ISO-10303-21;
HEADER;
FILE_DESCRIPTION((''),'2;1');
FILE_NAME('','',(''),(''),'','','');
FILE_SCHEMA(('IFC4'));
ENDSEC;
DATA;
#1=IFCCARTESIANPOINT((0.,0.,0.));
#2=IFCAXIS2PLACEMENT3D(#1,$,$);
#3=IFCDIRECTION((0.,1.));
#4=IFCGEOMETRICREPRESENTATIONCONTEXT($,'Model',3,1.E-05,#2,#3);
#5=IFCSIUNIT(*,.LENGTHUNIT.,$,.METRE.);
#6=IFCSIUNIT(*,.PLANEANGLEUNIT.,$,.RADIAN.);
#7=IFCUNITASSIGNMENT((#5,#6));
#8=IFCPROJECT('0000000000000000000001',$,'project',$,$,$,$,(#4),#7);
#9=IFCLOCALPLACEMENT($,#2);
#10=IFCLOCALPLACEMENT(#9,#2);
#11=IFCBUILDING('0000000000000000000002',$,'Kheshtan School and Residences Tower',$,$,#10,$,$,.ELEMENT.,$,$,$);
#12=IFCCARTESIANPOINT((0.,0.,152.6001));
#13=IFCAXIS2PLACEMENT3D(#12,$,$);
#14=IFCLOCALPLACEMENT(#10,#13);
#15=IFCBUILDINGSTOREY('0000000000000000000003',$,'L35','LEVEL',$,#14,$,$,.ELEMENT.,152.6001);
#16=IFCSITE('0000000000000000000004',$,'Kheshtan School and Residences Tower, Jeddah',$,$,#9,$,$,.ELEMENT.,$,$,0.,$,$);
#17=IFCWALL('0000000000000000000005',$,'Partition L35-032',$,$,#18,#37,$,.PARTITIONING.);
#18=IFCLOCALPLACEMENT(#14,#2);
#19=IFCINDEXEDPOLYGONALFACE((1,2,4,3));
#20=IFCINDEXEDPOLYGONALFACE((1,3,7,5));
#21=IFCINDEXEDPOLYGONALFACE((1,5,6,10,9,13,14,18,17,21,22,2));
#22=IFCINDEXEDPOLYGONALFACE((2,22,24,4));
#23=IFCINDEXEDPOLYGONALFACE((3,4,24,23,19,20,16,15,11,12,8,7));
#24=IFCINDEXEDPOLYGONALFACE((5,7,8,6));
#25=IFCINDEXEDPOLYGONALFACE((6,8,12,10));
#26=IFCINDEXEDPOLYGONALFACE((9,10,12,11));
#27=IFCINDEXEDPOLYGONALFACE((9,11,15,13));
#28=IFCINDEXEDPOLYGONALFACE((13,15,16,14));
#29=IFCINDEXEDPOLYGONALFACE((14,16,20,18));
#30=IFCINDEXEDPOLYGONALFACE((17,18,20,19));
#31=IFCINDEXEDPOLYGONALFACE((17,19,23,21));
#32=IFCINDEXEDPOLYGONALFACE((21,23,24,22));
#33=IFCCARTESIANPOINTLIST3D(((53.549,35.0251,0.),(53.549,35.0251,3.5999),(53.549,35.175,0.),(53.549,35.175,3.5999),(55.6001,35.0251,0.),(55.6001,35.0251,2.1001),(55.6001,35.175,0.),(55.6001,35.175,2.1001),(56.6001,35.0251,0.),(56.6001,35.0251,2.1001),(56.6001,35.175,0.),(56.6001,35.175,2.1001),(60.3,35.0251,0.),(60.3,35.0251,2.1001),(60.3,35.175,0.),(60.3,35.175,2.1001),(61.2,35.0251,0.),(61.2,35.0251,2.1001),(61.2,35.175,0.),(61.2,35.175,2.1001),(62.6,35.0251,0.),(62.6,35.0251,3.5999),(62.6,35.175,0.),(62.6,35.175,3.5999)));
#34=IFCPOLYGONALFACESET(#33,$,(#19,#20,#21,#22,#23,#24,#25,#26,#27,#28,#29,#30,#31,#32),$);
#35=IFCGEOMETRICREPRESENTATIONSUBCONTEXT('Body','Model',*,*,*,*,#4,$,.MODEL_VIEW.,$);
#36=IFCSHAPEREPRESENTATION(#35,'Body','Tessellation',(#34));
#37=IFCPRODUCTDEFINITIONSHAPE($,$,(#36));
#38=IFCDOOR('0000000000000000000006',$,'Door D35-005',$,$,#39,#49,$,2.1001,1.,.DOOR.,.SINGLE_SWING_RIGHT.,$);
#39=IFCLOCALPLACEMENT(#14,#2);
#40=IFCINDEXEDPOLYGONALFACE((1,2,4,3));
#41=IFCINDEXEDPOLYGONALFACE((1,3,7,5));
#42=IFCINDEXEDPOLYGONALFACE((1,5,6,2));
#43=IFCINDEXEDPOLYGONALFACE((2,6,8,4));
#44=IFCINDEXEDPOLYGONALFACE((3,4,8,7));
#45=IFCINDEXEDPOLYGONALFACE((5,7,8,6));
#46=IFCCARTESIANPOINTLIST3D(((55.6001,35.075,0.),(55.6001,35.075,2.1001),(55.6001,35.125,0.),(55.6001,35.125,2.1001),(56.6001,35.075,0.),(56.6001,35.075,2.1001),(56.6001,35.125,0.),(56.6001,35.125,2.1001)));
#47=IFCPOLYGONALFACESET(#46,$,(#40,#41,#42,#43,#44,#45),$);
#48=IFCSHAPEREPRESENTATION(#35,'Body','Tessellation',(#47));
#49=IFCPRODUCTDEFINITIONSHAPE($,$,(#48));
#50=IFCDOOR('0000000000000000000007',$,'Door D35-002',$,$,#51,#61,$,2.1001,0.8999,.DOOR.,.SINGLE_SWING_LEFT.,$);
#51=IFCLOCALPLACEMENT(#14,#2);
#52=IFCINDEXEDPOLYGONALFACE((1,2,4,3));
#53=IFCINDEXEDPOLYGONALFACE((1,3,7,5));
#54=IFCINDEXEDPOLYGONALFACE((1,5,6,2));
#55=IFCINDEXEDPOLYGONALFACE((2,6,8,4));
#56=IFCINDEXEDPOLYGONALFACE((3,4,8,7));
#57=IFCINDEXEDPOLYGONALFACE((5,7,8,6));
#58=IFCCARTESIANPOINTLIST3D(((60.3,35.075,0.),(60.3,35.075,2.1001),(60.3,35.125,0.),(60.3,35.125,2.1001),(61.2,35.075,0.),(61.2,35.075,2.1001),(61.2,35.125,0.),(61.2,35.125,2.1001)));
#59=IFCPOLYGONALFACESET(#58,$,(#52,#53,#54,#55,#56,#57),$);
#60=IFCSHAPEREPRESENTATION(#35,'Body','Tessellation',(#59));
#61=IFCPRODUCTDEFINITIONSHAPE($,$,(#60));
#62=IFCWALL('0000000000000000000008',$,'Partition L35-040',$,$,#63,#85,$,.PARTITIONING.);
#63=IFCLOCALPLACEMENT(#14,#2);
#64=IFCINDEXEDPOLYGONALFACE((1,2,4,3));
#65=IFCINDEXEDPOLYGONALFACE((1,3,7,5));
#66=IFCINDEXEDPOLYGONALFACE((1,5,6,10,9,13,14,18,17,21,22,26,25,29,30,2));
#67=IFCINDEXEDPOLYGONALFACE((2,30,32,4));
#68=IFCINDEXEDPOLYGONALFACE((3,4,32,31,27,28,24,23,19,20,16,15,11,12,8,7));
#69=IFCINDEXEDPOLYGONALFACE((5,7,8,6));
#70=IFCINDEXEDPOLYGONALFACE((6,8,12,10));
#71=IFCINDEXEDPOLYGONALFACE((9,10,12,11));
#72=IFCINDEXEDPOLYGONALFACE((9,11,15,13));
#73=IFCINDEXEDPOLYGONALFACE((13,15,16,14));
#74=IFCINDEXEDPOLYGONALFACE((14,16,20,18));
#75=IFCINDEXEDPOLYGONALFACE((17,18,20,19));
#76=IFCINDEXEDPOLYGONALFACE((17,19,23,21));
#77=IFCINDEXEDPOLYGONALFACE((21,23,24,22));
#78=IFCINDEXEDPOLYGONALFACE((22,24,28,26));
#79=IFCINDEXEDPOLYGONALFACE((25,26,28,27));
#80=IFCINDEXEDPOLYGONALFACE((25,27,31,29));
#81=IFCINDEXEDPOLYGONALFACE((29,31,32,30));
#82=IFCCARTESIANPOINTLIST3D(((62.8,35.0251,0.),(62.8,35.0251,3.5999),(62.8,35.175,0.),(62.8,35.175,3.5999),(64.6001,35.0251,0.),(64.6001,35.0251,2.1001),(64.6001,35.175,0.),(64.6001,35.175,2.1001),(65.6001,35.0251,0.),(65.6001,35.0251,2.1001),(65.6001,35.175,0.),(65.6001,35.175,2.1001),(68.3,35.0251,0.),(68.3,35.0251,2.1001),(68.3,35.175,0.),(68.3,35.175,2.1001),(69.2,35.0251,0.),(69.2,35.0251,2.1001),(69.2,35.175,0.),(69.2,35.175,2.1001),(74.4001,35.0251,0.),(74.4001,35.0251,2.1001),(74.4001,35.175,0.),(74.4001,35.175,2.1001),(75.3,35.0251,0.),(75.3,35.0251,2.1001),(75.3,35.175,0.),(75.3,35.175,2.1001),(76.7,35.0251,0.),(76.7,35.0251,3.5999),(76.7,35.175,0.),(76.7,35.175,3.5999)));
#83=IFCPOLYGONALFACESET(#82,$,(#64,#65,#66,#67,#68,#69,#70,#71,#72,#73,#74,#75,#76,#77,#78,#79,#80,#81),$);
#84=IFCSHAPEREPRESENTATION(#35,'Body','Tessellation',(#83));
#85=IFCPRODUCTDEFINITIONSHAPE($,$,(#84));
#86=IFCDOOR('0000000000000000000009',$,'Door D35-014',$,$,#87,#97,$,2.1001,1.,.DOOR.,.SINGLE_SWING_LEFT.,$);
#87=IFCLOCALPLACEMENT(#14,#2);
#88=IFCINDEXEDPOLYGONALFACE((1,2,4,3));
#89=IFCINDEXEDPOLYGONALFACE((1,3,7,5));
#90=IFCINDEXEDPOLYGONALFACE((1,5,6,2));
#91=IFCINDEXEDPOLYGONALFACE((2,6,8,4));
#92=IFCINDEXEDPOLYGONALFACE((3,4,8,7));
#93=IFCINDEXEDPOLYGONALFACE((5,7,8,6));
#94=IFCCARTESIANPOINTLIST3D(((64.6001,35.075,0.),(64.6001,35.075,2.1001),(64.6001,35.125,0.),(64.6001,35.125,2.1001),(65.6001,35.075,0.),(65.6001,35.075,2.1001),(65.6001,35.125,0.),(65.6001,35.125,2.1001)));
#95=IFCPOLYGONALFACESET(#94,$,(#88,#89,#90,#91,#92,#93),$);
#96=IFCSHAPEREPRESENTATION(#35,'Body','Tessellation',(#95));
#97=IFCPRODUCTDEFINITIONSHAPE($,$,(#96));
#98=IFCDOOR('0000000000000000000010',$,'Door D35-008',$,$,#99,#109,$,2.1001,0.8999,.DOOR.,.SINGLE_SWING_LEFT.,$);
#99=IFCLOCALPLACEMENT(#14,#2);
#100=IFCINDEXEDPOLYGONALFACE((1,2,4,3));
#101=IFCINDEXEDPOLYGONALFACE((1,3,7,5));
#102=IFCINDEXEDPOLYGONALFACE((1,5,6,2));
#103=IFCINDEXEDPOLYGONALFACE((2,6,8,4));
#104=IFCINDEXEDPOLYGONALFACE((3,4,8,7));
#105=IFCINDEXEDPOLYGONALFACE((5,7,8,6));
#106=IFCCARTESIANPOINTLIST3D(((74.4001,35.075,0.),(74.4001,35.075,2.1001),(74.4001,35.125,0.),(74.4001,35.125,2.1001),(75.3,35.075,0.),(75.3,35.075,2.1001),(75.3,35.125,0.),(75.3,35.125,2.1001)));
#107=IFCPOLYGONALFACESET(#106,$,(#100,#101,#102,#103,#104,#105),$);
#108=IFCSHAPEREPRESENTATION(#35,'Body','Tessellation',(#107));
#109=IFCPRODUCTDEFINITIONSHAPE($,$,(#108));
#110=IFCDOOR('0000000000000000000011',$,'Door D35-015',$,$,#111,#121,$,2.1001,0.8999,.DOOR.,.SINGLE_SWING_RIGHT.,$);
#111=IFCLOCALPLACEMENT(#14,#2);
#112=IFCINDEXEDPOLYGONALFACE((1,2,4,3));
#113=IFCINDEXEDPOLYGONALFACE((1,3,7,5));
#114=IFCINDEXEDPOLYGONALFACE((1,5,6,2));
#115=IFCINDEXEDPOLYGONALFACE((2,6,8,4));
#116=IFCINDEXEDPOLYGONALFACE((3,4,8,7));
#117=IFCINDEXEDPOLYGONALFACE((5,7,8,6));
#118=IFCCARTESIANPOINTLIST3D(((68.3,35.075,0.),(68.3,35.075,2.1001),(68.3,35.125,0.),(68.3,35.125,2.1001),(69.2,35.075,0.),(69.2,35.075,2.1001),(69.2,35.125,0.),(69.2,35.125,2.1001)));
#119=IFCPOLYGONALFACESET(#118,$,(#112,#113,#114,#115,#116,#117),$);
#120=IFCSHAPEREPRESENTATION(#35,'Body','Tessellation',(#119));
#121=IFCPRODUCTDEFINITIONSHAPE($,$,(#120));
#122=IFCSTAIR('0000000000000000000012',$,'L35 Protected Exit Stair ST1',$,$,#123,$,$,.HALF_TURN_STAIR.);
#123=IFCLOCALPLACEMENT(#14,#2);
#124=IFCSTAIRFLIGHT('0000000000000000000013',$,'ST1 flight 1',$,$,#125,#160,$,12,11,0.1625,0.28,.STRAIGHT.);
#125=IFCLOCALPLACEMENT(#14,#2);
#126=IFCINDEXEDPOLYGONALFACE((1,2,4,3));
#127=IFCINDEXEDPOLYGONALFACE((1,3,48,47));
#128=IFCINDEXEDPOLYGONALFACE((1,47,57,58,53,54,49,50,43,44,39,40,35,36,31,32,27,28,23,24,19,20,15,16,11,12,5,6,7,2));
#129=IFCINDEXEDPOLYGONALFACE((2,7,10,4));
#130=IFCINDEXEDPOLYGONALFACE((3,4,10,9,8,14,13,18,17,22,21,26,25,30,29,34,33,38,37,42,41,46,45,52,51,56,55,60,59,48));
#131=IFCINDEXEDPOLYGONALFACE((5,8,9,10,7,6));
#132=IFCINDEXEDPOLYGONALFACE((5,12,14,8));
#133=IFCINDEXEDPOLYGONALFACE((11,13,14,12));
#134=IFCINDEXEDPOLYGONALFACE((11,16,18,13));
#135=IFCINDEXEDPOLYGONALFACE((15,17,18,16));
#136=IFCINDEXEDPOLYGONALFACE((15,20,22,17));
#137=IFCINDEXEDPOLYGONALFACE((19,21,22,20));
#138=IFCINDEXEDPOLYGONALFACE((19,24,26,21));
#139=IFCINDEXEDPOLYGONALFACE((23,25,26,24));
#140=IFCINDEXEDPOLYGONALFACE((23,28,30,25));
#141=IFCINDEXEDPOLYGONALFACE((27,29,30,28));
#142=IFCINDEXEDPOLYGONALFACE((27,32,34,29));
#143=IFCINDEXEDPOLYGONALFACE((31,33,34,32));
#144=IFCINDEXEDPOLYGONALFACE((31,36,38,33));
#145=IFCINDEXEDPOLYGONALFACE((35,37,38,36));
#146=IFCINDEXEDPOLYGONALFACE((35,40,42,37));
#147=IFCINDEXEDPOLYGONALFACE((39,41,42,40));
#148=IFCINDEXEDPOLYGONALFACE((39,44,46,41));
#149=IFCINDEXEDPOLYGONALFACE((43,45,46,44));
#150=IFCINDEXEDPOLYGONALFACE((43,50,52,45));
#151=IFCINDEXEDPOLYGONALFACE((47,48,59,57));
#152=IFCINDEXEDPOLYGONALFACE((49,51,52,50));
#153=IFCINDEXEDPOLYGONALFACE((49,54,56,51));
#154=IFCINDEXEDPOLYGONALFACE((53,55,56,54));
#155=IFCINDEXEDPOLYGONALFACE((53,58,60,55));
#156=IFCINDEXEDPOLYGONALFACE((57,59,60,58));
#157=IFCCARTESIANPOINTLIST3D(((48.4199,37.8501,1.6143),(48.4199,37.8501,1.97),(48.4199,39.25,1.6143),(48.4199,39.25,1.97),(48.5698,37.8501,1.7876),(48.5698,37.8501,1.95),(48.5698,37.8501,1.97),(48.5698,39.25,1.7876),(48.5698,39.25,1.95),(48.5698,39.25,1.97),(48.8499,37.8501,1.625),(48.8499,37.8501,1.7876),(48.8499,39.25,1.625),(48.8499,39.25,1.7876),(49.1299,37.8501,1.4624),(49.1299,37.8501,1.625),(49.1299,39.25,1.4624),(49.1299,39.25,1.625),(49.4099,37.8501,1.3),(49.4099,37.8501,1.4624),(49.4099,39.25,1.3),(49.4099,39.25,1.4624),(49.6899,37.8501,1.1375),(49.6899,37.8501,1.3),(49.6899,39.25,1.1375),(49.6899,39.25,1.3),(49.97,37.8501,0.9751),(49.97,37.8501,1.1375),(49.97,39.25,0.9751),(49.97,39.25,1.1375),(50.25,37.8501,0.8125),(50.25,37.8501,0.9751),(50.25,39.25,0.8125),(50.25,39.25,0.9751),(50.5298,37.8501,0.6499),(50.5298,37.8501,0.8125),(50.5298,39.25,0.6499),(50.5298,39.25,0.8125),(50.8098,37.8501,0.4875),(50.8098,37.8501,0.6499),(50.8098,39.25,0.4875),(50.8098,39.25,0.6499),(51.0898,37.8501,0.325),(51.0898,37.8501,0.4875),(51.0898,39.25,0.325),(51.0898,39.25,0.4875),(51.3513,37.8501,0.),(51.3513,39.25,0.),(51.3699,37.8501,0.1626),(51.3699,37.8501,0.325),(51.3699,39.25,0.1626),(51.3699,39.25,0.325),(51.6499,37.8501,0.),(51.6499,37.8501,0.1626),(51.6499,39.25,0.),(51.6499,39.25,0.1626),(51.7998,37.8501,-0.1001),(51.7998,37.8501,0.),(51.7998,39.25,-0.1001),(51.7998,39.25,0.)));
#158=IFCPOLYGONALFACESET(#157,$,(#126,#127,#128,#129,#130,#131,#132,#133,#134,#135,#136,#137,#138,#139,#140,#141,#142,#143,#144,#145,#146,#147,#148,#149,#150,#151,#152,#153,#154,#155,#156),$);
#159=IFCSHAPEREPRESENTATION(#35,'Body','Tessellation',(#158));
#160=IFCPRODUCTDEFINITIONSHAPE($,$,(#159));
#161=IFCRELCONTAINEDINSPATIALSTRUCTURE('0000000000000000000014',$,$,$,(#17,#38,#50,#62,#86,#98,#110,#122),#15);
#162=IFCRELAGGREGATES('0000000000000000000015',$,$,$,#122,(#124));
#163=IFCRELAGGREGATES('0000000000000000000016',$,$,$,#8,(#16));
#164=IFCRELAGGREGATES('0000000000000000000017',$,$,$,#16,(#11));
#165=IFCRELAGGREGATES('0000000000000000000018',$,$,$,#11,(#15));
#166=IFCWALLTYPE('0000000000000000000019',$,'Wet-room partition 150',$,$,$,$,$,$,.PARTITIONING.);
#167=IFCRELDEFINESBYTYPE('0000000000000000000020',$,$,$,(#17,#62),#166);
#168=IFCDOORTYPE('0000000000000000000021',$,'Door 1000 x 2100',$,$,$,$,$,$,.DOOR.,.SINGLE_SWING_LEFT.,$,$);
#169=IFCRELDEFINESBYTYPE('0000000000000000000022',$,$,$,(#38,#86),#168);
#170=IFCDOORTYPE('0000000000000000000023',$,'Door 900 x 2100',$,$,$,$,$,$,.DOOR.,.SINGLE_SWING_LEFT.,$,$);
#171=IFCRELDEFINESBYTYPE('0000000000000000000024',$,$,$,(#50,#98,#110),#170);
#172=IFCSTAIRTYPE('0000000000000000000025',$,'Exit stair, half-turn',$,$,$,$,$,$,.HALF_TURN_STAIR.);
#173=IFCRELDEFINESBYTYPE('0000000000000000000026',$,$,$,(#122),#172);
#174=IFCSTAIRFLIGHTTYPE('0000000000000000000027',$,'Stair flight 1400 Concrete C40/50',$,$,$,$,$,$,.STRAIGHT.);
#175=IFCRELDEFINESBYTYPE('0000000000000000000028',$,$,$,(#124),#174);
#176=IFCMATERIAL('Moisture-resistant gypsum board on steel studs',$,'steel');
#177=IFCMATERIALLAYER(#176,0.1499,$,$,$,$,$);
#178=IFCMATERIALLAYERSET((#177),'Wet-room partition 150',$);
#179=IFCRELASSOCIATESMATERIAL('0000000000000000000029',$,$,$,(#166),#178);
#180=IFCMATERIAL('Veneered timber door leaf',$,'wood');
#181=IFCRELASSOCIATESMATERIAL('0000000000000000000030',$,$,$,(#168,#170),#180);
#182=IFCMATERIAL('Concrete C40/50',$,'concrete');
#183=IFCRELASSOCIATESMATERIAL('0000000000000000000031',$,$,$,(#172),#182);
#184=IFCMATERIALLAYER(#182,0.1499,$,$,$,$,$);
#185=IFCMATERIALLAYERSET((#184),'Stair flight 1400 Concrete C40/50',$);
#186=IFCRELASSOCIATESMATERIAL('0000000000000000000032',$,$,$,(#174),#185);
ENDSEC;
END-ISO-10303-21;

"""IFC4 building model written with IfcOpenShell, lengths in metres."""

from ifc_helpers import new_model, si_unit, direction, frame, frame_2d, origin, place, context, subcontext, project, spatial, polyline, rectangle, outline, extrude, source, transform, mapped, material, layer, layer_set, type_object, element, fill, aggregate, save


model = new_model("IFC4")

# Units and contexts
model_context = context("Model", 3, precision=1e-05, world=origin(), true_north=direction((0.0, 1.0)))
body_context = subcontext(model_context, "Body", "Model", "MODEL_VIEW")
ifc_project = project(units=[si_unit("LENGTHUNIT", "METRE"), si_unit("PLANEANGLEUNIT", "RADIAN")], contexts=[model_context])

# Site, building, storey
site_placement = place(None, origin())
site = spatial("IfcSite", under=ifc_project, at=site_placement, Name="Kheshtan School and Residences Tower, Jeddah", CompositionType="ELEMENT", RefElevation=0.0)
building_placement = place(site_placement, origin())
building = spatial("IfcBuilding", under=site, at=building_placement, Name="Kheshtan School and Residences Tower", CompositionType="ELEMENT")
storey_placement = place(building_placement, frame((0.0, 0.0, 152.6001)))
storey = spatial("IfcBuildingStorey", under=building, at=storey_placement, Name="L35", Description="LEVEL", CompositionType="ELEMENT", Elevation=152.6001)

# Shared definitions
ifc_material_1 = material(Name="Concrete C40/50", Category="concrete")

# Walls, openings, doors
ifc_material_2 = material(Name="Moisture-resistant gypsum board on steel studs", Category="steel")
ifc_layer_1 = layer(ifc_material_2, 0.1499)
ifc_layer_set_1 = layer_set([ifc_layer_1], Name="Wet-room partition 150")
wall_type_1 = type_object("IfcWallType", Name="Wet-room partition 150", PredefinedType="PARTITIONING", material=ifc_layer_set_1)
wall_1_placement = place(storey_placement, frame((53.5491, 35.1001, 0.0), z_axis=(0.0, 0.0, 1.0), x_axis=(1.0, 0.0, 0.0)))
wall_1 = element("IfcWall", 1, at=wall_1_placement, inside=storey, type_object=wall_type_1, Name="Partition L35-032", PredefinedType="PARTITIONING", context=body_context, shape_type="SweptSolid", body=[
    extrude(rectangle(XDim=9.051, YDim=0.1499, at=frame_2d((4.5254, 0.0))), origin(), (0.0, 0.0, 1.0), 3.5999),
])
opening_1_placement = place(wall_1_placement, frame((6.751, 0.0, 0.0)))
opening_1 = element("IfcOpeningElement", 2, at=opening_1_placement, cuts=wall_1, PredefinedType="OPENING", context=body_context, shape_type="SweptSolid", body=[
    extrude(rectangle(XDim=0.8999, YDim=2.1001, at=frame_2d((0.45, 1.05))), frame((0.0, 0.085, 0.0), z_axis=(0.0, -1.0, 0.0), x_axis=(1.0, 0.0, 0.0)), (0.0, 0.0, 1.0), 0.1699),
])
opening_2_placement = place(wall_1_placement, frame((2.051, 0.0, 0.0)))
opening_2 = element("IfcOpeningElement", 3, at=opening_2_placement, cuts=wall_1, PredefinedType="OPENING", context=body_context, shape_type="SweptSolid", body=[
    extrude(rectangle(XDim=1.0, YDim=2.1001, at=frame_2d((0.5, 1.05))), frame((0.0, 0.085, 0.0), z_axis=(0.0, -1.0, 0.0), x_axis=(1.0, 0.0, 0.0)), (0.0, 0.0, 1.0), 0.1699),
])
ifc_material_3 = material(Name="Veneered timber door leaf", Category="wood")
door_type_1 = type_object("IfcDoorType", Name="Door 1000 x 2100", OperationType="SINGLE_SWING_LEFT", PredefinedType="DOOR", material=ifc_material_3)
shared_shape_1 = source(origin(), body_context, "Body", "SweptSolid", [
    extrude(rectangle(XDim=1.0, YDim=2.1001, at=frame_2d((0.5, 1.05))), frame((0.0, 0.0249, 0.0), z_axis=(0.0, -1.0, 0.0), x_axis=(1.0, 0.0, 0.0)), (0.0, 0.0, 1.0), 0.05),
])
door_1_placement = place(opening_2_placement, origin())
door_1 = element("IfcDoor", 4, at=door_1_placement, inside=storey, type_object=door_type_1, Name="Door D35-005", OperationType="SINGLE_SWING_RIGHT", OverallHeight=2.1001, OverallWidth=1.0, PredefinedType="DOOR", context=body_context, shape_type="MappedRepresentation", body=[
    mapped(shared_shape_1, transform((0.0, 0.0, 0.0), x_axis=(1.0, 0.0, 0.0), y_axis=(0.0, 1.0, 0.0), z_axis=(0.0, 0.0, 1.0), scale=1.0)),
])
fill(opening_2, door_1)
door_type_2 = type_object("IfcDoorType", Name="Door 900 x 2100", OperationType="SINGLE_SWING_LEFT", PredefinedType="DOOR", material=ifc_material_3)
shared_shape_2 = source(origin(), body_context, "Body", "SweptSolid", [
    extrude(rectangle(XDim=0.8999, YDim=2.1001, at=frame_2d((0.45, 1.05))), frame((0.0, 0.0249, 0.0), z_axis=(0.0, -1.0, 0.0), x_axis=(1.0, 0.0, 0.0)), (0.0, 0.0, 1.0), 0.05),
])
door_2_placement = place(opening_1_placement, origin())
door_2 = element("IfcDoor", 5, at=door_2_placement, inside=storey, type_object=door_type_2, Name="Door D35-002", OperationType="SINGLE_SWING_LEFT", OverallHeight=2.1001, OverallWidth=0.8999, PredefinedType="DOOR", context=body_context, shape_type="MappedRepresentation", body=[
    mapped(shared_shape_2, transform((0.0, 0.0, 0.0), x_axis=(1.0, 0.0, 0.0), y_axis=(0.0, 1.0, 0.0), z_axis=(0.0, 0.0, 1.0), scale=1.0)),
])
fill(opening_1, door_2)
wall_2_placement = place(storey_placement, frame((62.8, 35.1001, 0.0), z_axis=(0.0, 0.0, 1.0), x_axis=(1.0, 0.0, 0.0)))
wall_2 = element("IfcWall", 6, at=wall_2_placement, inside=storey, type_object=wall_type_1, Name="Partition L35-040", PredefinedType="PARTITIONING", context=body_context, shape_type="SweptSolid", body=[
    extrude(rectangle(XDim=13.8999, YDim=0.1499, at=frame_2d((6.95, 0.0))), origin(), (0.0, 0.0, 1.0), 3.5999),
])
opening_3_placement = place(wall_2_placement, frame((11.6001, 0.0, 0.0)))
opening_3 = element("IfcOpeningElement", 7, at=opening_3_placement, cuts=wall_2, PredefinedType="OPENING", context=body_context, shape_type="SweptSolid", body=[
    extrude(rectangle(XDim=0.8999, YDim=2.1001, at=frame_2d((0.45, 1.05))), frame((0.0, 0.085, 0.0), z_axis=(0.0, -1.0, 0.0), x_axis=(1.0, 0.0, 0.0)), (0.0, 0.0, 1.0), 0.1699),
])
opening_4_placement = place(wall_2_placement, frame((1.8, 0.0, 0.0)))
opening_4 = element("IfcOpeningElement", 8, at=opening_4_placement, cuts=wall_2, PredefinedType="OPENING", context=body_context, shape_type="SweptSolid", body=[
    extrude(rectangle(XDim=1.0, YDim=2.1001, at=frame_2d((0.5, 1.05))), frame((0.0, 0.085, 0.0), z_axis=(0.0, -1.0, 0.0), x_axis=(1.0, 0.0, 0.0)), (0.0, 0.0, 1.0), 0.1699),
])
opening_5_placement = place(wall_2_placement, frame((5.5, 0.0, 0.0)))
opening_5 = element("IfcOpeningElement", 9, at=opening_5_placement, cuts=wall_2, PredefinedType="OPENING", context=body_context, shape_type="SweptSolid", body=[
    extrude(rectangle(XDim=0.8999, YDim=2.1001, at=frame_2d((0.45, 1.05))), frame((0.0, 0.085, 0.0), z_axis=(0.0, -1.0, 0.0), x_axis=(1.0, 0.0, 0.0)), (0.0, 0.0, 1.0), 0.1699),
])
door_3_placement = place(opening_4_placement, origin())
door_3 = element("IfcDoor", 10, at=door_3_placement, inside=storey, type_object=door_type_1, Name="Door D35-014", OperationType="SINGLE_SWING_LEFT", OverallHeight=2.1001, OverallWidth=1.0, PredefinedType="DOOR", context=body_context, shape_type="MappedRepresentation", body=[
    mapped(shared_shape_1, transform((0.0, 0.0, 0.0), x_axis=(1.0, 0.0, 0.0), y_axis=(0.0, 1.0, 0.0), z_axis=(0.0, 0.0, 1.0), scale=1.0)),
])
fill(opening_4, door_3)
door_4_placement = place(opening_3_placement, origin())
door_4 = element("IfcDoor", 11, at=door_4_placement, inside=storey, type_object=door_type_2, Name="Door D35-008", OperationType="SINGLE_SWING_LEFT", OverallHeight=2.1001, OverallWidth=0.8999, PredefinedType="DOOR", context=body_context, shape_type="MappedRepresentation", body=[
    mapped(shared_shape_2, transform((0.0, 0.0, 0.0), x_axis=(1.0, 0.0, 0.0), y_axis=(0.0, 1.0, 0.0), z_axis=(0.0, 0.0, 1.0), scale=1.0)),
])
fill(opening_3, door_4)
door_5_placement = place(opening_5_placement, origin())
door_5 = element("IfcDoor", 12, at=door_5_placement, inside=storey, type_object=door_type_2, Name="Door D35-015", OperationType="SINGLE_SWING_RIGHT", OverallHeight=2.1001, OverallWidth=0.8999, PredefinedType="DOOR", context=body_context, shape_type="MappedRepresentation", body=[
    mapped(shared_shape_2, transform((0.0, 0.0, 0.0), x_axis=(1.0, 0.0, 0.0), y_axis=(0.0, 1.0, 0.0), z_axis=(0.0, 0.0, 1.0), scale=1.0)),
])
fill(opening_5, door_5)

# Stair, stair flight
stair_type = type_object("IfcStairType", Name="Exit stair, half-turn", PredefinedType="HALF_TURN_STAIR", material=ifc_material_1)
stair_placement = place(storey_placement, origin())
stair = element("IfcStair", 13, at=stair_placement, inside=storey, type_object=stair_type, Name="L35 Protected Exit Stair ST1", PredefinedType="HALF_TURN_STAIR")
ifc_layer_2 = layer(ifc_material_1, 0.1499)
ifc_layer_set_2 = layer_set([ifc_layer_2], Name="Stair flight 1400 Concrete C40/50")
stair_flight_type = type_object("IfcStairFlightType", Name="Stair flight 1400 Concrete C40/50", PredefinedType="STRAIGHT", material=ifc_layer_set_2)
stair_flight_1_placement = place(storey_placement, frame((51.6499, 38.55, 0.0), z_axis=(0.0, 0.0, 1.0), x_axis=(-1.0, 0.0, 0.0)))
stair_flight_1 = element("IfcStairFlight", 14, at=stair_flight_1_placement, type_object=stair_flight_type, Name="ST1 flight 1", NumberOfRisers=12, NumberOfTreads=11, PredefinedType="STRAIGHT", RiserHeight=0.1625, TreadLength=0.28, context=body_context, shape_type="SweptSolid", body=[
    extrude(outline(polyline([(-0.1499, -0.1001), (-0.1499, 0.0), (0.0, 0.0), (0.0, 0.1626), (0.28, 0.1626), (0.28, 0.325), (0.5601, 0.325), (0.5601, 0.4875), (0.8401, 0.4875), (0.8401, 0.6499), (1.1201, 0.6499), (1.1201, 0.8125), (1.3999, 0.8125), (1.3999, 0.9751), (1.6799, 0.9751), (1.6799, 1.1375), (1.96, 1.1375), (1.96, 1.3), (2.24, 1.3), (2.24, 1.4624), (2.52, 1.4624), (2.52, 1.625), (2.8, 1.625), (2.8, 1.7876), (3.0801, 1.7876), (3.0801, 1.95), (3.0801, 1.97), (3.23, 1.97), (3.23, 1.6143), (0.2986, 0.0), (-0.1499, -0.1001)])), frame((0.0, 0.7, 0.0), z_axis=(0.0, -1.0, 0.0), x_axis=(1.0, 0.0, 0.0)), (0.0, 0.0, 1.0), 1.3999),
])
aggregate(stair, [stair_flight_1])

save(model, "model.ifc")
